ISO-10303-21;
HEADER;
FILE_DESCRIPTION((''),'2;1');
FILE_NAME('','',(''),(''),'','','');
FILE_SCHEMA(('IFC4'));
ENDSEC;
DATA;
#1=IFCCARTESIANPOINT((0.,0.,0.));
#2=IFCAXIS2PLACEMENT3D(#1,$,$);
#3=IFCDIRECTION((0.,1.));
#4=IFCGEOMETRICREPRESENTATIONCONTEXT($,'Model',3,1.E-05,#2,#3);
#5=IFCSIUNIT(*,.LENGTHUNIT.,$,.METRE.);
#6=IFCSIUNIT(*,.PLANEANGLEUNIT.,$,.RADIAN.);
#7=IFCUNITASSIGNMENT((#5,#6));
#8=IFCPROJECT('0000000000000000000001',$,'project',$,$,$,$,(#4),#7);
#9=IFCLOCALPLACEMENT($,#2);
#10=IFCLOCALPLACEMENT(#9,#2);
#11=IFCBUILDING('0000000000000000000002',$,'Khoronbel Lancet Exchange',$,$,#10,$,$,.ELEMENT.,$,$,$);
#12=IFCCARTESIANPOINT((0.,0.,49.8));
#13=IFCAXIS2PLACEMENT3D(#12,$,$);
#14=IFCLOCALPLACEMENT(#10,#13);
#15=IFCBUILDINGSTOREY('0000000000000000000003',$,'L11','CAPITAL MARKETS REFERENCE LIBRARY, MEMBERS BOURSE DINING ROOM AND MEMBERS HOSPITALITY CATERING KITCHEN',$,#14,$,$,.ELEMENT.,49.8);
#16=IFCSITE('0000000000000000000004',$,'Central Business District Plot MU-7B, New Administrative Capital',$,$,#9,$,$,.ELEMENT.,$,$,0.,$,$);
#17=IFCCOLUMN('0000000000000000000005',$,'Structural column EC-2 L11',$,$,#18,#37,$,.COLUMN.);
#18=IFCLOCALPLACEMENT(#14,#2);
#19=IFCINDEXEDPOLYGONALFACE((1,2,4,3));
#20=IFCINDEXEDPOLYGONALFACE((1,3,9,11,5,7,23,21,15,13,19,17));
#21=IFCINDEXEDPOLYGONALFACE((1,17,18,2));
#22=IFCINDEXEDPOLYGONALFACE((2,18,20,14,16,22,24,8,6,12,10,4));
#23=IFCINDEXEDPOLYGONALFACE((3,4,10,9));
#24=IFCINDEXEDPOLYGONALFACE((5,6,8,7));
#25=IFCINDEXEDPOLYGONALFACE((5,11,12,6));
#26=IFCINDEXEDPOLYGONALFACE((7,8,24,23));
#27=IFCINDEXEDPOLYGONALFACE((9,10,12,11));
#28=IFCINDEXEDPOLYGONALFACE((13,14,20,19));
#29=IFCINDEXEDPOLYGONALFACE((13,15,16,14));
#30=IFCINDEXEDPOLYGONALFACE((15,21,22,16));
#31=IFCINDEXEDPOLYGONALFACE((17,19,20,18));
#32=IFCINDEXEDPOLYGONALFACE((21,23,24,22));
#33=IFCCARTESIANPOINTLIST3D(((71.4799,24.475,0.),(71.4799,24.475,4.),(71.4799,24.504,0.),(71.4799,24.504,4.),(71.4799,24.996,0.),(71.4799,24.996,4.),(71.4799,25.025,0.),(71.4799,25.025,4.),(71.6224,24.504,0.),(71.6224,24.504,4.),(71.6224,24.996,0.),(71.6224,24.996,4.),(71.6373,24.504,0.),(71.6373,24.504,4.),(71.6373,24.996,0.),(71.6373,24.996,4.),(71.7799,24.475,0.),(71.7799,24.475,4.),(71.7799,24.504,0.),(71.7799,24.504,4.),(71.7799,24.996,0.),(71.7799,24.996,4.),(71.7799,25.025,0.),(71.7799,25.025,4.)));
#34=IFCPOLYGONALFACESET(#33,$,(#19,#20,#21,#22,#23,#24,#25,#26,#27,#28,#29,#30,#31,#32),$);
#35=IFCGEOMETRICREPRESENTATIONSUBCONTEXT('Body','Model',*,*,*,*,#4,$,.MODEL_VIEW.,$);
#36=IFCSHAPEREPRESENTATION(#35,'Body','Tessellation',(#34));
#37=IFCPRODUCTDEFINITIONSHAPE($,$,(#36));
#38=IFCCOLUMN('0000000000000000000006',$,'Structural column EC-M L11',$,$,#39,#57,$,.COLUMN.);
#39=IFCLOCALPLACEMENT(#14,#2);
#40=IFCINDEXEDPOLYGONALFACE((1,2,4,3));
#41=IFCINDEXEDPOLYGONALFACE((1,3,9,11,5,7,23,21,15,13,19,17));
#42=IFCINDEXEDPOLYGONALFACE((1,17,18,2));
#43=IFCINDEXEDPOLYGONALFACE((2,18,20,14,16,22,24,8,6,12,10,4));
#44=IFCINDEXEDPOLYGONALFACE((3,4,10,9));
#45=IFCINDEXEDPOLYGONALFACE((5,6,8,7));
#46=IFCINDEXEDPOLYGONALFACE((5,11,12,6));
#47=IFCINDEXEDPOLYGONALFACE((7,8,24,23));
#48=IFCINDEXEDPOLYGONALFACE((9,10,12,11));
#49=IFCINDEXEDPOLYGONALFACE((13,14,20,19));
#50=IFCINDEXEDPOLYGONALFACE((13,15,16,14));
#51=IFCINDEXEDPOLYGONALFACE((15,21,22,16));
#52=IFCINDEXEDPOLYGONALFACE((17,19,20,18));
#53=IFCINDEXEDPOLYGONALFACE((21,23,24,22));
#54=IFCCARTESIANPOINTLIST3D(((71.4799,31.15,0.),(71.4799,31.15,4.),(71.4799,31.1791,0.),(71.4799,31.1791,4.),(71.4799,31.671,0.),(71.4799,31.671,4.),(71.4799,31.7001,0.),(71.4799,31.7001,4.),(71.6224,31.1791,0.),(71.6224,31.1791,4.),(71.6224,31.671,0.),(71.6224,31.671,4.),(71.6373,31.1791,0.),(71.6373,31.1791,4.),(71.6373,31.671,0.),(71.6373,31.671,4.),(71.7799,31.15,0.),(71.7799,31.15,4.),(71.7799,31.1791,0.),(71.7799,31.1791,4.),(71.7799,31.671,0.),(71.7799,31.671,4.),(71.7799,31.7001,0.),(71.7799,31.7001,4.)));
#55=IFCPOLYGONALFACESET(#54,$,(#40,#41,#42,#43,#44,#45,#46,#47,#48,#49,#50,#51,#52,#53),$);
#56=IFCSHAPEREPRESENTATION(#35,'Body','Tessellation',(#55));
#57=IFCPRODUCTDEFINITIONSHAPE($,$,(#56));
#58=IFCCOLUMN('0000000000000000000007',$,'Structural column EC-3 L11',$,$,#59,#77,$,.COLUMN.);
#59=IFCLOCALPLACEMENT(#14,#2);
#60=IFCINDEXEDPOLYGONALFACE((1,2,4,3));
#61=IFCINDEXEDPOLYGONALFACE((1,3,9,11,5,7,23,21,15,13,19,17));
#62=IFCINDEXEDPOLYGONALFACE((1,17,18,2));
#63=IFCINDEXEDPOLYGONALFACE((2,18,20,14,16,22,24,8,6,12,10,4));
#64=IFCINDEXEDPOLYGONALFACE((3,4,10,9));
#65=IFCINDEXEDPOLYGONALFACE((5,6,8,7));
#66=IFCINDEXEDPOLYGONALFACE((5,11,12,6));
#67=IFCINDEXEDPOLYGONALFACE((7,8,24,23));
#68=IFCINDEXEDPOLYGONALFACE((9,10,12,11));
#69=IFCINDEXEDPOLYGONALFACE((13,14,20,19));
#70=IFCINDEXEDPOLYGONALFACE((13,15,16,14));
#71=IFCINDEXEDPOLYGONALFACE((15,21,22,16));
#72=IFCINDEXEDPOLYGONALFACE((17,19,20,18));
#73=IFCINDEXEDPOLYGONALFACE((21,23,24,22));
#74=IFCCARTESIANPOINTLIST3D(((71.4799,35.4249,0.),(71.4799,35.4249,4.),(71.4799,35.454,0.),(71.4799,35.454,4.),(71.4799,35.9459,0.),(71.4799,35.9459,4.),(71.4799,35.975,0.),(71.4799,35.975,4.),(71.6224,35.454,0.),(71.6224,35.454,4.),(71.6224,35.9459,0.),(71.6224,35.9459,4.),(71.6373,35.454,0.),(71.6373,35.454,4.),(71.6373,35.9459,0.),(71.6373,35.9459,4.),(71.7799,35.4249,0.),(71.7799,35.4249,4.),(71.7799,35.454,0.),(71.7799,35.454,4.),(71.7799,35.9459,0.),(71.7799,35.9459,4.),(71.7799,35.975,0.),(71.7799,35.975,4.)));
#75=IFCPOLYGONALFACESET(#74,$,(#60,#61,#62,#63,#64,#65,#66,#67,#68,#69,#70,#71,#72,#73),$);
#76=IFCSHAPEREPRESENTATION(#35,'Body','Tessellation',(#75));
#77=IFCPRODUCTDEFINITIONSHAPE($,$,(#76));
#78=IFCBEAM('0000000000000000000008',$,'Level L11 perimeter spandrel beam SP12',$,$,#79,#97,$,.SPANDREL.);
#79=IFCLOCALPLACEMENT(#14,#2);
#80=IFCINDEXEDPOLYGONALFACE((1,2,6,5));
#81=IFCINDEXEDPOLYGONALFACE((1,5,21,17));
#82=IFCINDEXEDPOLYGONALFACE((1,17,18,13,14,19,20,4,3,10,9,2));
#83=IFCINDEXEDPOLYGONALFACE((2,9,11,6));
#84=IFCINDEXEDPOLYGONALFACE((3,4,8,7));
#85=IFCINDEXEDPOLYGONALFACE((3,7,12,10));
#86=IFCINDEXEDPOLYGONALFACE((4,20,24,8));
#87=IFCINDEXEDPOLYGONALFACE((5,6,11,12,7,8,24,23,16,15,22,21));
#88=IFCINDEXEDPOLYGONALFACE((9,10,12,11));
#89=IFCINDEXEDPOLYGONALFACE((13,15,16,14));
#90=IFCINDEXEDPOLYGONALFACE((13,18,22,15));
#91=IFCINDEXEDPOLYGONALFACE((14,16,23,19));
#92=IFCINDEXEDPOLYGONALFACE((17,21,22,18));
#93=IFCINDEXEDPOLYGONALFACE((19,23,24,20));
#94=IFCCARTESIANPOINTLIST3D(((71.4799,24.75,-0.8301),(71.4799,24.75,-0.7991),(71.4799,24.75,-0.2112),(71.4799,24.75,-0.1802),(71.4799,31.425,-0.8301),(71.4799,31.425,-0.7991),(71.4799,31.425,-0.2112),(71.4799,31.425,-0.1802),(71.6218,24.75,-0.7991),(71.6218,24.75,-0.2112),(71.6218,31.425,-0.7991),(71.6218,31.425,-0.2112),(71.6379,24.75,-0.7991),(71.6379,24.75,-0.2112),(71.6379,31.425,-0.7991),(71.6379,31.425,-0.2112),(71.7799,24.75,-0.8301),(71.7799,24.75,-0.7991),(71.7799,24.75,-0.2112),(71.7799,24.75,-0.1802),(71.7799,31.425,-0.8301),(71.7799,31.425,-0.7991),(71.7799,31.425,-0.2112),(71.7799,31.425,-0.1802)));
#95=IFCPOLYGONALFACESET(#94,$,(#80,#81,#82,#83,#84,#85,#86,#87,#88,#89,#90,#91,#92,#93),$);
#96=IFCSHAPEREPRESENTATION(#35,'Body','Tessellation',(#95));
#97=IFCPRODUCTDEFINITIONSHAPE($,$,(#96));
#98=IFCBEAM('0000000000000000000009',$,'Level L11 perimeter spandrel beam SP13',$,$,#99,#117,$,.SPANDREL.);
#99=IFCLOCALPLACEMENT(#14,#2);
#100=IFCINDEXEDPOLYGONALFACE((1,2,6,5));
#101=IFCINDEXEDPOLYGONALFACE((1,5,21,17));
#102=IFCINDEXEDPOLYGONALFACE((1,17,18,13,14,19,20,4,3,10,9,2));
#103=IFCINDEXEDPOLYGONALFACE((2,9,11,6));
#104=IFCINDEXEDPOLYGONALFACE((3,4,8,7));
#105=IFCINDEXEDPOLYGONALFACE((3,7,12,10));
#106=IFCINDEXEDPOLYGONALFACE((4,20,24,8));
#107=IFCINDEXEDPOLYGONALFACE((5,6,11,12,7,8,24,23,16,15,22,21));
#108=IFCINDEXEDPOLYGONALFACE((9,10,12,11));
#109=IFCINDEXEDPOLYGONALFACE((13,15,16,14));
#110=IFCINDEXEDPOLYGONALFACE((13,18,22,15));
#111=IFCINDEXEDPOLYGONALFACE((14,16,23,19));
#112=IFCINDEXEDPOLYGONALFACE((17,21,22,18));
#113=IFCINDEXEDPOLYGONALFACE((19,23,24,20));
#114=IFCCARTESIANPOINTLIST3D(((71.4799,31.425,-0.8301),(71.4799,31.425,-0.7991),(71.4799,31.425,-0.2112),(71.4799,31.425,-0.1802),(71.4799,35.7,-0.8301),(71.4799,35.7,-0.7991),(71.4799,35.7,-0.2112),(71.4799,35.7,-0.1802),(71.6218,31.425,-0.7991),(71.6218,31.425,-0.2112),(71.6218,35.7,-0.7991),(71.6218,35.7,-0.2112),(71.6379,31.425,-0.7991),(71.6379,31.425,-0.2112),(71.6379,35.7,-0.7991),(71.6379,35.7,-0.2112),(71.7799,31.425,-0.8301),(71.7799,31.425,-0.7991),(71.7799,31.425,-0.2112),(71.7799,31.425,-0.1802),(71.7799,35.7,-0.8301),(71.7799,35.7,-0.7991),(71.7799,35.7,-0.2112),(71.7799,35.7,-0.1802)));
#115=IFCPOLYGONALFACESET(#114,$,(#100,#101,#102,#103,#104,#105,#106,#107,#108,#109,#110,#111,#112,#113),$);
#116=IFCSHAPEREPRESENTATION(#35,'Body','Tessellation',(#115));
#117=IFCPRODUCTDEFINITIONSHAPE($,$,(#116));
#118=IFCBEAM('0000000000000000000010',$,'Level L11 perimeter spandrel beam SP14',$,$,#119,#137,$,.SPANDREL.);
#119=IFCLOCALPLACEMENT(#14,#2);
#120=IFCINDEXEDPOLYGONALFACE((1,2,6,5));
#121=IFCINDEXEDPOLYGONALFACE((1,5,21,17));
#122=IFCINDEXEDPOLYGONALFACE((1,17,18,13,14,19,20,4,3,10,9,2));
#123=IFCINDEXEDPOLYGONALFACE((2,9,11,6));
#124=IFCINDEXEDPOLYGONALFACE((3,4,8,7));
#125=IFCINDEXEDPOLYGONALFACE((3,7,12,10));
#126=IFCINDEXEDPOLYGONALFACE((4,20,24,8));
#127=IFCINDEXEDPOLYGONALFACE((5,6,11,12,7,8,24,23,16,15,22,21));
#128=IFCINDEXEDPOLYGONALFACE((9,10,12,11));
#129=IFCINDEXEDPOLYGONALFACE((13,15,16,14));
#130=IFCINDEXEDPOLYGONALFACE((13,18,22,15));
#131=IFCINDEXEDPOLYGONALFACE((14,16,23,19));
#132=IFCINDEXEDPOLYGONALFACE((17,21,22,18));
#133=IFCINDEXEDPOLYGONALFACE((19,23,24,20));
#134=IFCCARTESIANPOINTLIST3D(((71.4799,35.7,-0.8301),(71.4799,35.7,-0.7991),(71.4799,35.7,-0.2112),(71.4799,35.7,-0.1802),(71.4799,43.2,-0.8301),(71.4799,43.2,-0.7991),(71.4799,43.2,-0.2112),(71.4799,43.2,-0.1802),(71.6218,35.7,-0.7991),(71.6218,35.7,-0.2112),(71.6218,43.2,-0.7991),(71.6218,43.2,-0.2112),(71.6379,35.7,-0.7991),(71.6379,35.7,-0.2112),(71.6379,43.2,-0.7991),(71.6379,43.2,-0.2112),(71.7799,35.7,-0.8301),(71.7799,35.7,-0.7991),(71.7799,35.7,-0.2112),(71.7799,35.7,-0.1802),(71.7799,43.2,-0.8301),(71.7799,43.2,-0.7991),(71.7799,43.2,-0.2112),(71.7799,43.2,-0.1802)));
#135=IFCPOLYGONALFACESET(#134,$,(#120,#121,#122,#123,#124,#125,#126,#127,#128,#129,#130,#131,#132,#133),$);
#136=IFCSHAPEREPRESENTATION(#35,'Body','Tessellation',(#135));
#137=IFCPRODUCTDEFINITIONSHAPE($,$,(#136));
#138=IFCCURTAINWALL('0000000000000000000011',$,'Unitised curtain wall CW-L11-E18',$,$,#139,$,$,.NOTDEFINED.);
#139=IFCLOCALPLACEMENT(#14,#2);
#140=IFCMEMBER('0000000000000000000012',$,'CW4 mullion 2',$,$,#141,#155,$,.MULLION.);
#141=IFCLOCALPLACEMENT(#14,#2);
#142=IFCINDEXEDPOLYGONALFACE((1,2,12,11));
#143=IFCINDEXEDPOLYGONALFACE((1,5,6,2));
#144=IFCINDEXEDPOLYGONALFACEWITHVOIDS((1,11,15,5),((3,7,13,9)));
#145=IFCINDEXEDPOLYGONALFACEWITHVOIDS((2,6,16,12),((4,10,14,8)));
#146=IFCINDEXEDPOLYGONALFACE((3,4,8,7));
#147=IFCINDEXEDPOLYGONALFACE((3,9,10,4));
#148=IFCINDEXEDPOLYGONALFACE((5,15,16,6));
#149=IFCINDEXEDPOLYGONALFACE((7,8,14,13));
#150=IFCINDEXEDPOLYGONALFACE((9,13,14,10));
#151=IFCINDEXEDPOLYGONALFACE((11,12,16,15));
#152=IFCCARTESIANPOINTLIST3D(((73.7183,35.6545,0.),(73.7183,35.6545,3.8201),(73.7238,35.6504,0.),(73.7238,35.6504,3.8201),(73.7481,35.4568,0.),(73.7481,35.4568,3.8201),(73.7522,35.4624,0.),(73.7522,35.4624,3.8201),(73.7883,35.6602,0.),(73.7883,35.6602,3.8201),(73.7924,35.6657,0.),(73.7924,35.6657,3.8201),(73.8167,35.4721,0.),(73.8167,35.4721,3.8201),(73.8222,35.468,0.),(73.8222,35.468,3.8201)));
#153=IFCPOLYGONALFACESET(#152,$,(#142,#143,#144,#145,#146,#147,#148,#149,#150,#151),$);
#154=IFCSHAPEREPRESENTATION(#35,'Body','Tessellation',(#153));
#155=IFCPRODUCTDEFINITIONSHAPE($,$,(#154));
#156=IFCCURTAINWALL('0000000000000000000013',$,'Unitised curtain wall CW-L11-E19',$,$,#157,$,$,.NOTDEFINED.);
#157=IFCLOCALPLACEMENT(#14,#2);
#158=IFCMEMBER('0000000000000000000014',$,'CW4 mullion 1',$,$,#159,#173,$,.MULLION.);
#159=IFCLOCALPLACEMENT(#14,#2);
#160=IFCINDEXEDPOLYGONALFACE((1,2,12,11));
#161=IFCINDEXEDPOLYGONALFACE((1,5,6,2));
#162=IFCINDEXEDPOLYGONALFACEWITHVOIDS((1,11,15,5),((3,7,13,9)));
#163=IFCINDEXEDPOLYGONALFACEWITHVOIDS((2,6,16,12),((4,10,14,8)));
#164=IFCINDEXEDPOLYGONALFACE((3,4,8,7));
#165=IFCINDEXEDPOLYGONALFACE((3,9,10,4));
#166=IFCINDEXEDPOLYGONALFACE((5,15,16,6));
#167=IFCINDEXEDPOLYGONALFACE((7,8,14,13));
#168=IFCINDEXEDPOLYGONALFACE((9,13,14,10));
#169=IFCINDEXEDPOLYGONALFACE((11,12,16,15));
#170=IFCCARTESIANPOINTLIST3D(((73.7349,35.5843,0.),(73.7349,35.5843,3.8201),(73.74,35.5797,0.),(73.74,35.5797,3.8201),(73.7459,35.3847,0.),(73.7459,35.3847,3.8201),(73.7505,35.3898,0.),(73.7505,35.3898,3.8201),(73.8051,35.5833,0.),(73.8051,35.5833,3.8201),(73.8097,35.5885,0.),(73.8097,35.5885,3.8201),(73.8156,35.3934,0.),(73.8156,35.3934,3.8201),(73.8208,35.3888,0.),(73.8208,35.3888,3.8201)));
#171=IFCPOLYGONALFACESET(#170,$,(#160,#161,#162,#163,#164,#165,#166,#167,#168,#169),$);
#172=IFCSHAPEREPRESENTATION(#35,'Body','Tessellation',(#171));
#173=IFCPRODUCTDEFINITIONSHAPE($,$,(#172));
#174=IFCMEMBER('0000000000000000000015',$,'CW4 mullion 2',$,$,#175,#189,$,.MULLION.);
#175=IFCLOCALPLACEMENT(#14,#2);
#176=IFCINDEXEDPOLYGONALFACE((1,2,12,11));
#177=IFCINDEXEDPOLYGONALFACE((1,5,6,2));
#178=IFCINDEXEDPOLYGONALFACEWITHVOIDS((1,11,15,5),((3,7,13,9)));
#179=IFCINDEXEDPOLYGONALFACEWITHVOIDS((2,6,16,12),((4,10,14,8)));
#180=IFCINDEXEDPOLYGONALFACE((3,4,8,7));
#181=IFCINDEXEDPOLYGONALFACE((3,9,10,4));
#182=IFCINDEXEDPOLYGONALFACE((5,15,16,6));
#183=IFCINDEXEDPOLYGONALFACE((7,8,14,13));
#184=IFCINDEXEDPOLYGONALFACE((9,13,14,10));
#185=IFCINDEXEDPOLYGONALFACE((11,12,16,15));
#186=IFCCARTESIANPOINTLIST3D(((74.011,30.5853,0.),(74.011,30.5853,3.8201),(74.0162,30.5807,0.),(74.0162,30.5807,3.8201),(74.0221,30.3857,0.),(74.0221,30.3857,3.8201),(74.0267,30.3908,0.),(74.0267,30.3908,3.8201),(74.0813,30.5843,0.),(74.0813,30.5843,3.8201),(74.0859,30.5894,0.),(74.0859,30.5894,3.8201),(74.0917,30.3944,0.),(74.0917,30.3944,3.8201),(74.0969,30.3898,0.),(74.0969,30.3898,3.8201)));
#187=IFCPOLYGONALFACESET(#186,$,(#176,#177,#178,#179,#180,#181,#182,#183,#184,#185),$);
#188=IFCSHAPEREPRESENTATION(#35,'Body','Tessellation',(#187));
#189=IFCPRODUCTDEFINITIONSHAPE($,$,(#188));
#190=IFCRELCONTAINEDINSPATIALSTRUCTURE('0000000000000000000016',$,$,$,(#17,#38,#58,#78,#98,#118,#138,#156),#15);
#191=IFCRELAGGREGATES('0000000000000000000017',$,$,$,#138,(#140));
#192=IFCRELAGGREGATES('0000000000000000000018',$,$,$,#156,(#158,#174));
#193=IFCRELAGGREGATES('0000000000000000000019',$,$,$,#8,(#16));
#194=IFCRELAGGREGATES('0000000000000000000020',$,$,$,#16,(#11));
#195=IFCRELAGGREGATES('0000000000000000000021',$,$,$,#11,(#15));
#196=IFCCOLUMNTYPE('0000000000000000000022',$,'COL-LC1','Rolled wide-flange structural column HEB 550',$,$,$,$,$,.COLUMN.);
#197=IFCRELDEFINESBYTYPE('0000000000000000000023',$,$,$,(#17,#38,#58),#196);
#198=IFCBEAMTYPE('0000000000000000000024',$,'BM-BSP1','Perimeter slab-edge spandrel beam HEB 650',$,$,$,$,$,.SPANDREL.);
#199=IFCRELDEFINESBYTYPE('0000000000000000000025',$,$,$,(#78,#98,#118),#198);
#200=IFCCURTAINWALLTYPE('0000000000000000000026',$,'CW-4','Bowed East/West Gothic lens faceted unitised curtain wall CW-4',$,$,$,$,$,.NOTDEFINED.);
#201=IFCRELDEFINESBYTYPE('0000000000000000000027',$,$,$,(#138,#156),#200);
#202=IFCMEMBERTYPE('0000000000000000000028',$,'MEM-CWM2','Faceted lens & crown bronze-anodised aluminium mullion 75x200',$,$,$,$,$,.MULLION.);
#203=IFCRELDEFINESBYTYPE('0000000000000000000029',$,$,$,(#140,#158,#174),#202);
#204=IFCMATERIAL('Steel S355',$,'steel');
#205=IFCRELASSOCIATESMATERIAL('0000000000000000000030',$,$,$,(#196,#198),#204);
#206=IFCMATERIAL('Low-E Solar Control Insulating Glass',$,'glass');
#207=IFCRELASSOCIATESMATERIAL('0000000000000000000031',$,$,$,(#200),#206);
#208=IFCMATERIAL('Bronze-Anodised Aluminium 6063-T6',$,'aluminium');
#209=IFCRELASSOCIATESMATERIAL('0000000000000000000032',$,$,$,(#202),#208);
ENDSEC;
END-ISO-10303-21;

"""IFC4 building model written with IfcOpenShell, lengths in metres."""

from ifc_helpers import new_model, si_unit, direction, frame, origin, origin_2d, place, context, subcontext, project, spatial, hollow_rectangle, i_section, extrude, material, material_profile, profile_set, type_object, element, aggregate, save


model = new_model("IFC4")

# Units and contexts
model_context = context("Model", 3, precision=1e-05, world=origin(), true_north=direction((0.0, 1.0)))
body_context = subcontext(model_context, "Body", "Model", "MODEL_VIEW")
ifc_project = project(units=[si_unit("LENGTHUNIT", "METRE"), si_unit("PLANEANGLEUNIT", "RADIAN")], contexts=[model_context])

# Site, building, storey
site_placement = place(None, origin())
site = spatial("IfcSite", under=ifc_project, at=site_placement, Name="Central Business District Plot MU-7B, New Administrative Capital", CompositionType="ELEMENT", RefElevation=0.0)
building_placement = place(site_placement, origin())
building = spatial("IfcBuilding", under=site, at=building_placement, Name="Khoronbel Lancet Exchange", CompositionType="ELEMENT")
storey_placement = place(building_placement, frame((0.0, 0.0, 49.8)))
storey = spatial("IfcBuildingStorey", under=building, at=storey_placement, Name="L11", Description="CAPITAL MARKETS REFERENCE LIBRARY, MEMBERS BOURSE DINING ROOM AND MEMBERS HOSPITALITY CATERING KITCHEN", CompositionType="ELEMENT", Elevation=49.8)

# Columns
ifc_material_1 = material(Name="Steel S355", Category="steel")
ifc_material_profile_1 = material_profile(ifc_material_1, i_section(OverallWidth=0.3, OverallDepth=0.55, WebThickness=0.0149, FlangeThickness=0.0291, at=origin_2d()), Name="HEB 550")
ifc_profile_set_1 = profile_set([ifc_material_profile_1], Name="Steel S355")
column_type = type_object("IfcColumnType", Name="COL-LC1", Description="Rolled wide-flange structural column HEB 550", PredefinedType="COLUMN", material=ifc_profile_set_1)
for number, where, z_axis, x_axis, name in (
    (1, (71.6299, 24.75, 0.0), (0.0, 0.0, 1.0), (1.0, 0.0, 0.0), "Structural column EC-2 L11"),
    (2, (71.6299, 31.425, 0.0), (0.0, 0.0, 1.0), (1.0, 0.0, 0.0), "Structural column EC-M L11"),
    (3, (71.6299, 35.7, 0.0), (0.0, 0.0, 1.0), (1.0, 0.0, 0.0), "Structural column EC-3 L11"),
):
    element("IfcColumn", number, at=place(storey_placement, frame(where, z_axis=z_axis, x_axis=x_axis)), inside=storey, type_object=column_type, Name=name, PredefinedType="COLUMN", context=body_context, shape_type="SweptSolid", body=[
        extrude(i_section(OverallWidth=0.3, OverallDepth=0.55, WebThickness=0.0149, FlangeThickness=0.0291, at=origin_2d()), origin(), (0.0, 0.0, 1.0), 4.0),
    ])

# Beams
ifc_material_profile_2 = material_profile(ifc_material_1, i_section(OverallWidth=0.3, OverallDepth=0.6499, WebThickness=0.0161, FlangeThickness=0.031, at=origin_2d()), Name="HEB 650")
ifc_profile_set_2 = profile_set([ifc_material_profile_2], Name="Steel S355")
beam_type = type_object("IfcBeamType", Name="BM-BSP1", Description="Perimeter slab-edge spandrel beam HEB 650", PredefinedType="SPANDREL", material=ifc_profile_set_2)
beam_1_placement = place(storey_placement, frame((71.6299, 24.75, -0.5051), z_axis=(0.0, 1.0, 0.0), x_axis=(-1.0, 0.0, 0.0)))
element("IfcBeam", 4, at=beam_1_placement, inside=storey, type_object=beam_type, Name="Level L11 perimeter spandrel beam SP12", PredefinedType="SPANDREL", context=body_context, shape_type="SweptSolid", body=[
    extrude(i_section(OverallWidth=0.3, OverallDepth=0.6499, WebThickness=0.0161, FlangeThickness=0.031, at=origin_2d()), origin(), (0.0, 0.0, 1.0), 6.675),
])
beam_2_placement = place(storey_placement, frame((71.6299, 31.425, -0.5051), z_axis=(0.0, 1.0, 0.0), x_axis=(-1.0, 0.0, 0.0)))
element("IfcBeam", 5, at=beam_2_placement, inside=storey, type_object=beam_type, Name="Level L11 perimeter spandrel beam SP13", PredefinedType="SPANDREL", context=body_context, shape_type="SweptSolid", body=[
    extrude(i_section(OverallWidth=0.3, OverallDepth=0.6499, WebThickness=0.0161, FlangeThickness=0.031, at=origin_2d()), origin(), (0.0, 0.0, 1.0), 4.2749),
])
beam_3_placement = place(storey_placement, frame((71.6299, 35.7, -0.5051), z_axis=(0.0, 1.0, 0.0), x_axis=(-1.0, 0.0, 0.0)))
element("IfcBeam", 6, at=beam_3_placement, inside=storey, type_object=beam_type, Name="Level L11 perimeter spandrel beam SP14", PredefinedType="SPANDREL", context=body_context, shape_type="SweptSolid", body=[
    extrude(i_section(OverallWidth=0.3, OverallDepth=0.6499, WebThickness=0.0161, FlangeThickness=0.031, at=origin_2d()), origin(), (0.0, 0.0, 1.0), 7.5),
])

# Curtain wall, member
ifc_material_2 = material(Name="Low-E Solar Control Insulating Glass", Category="glass")
curtain_wall_type = type_object("IfcCurtainWallType", Name="CW-4", Description="Bowed East/West Gothic lens faceted unitised curtain wall CW-4", PredefinedType="NOTDEFINED", material=ifc_material_2)
curtain_wall_1_placement = place(storey_placement, origin())
curtain_wall_1 = element("IfcCurtainWall", 7, at=curtain_wall_1_placement, inside=storey, type_object=curtain_wall_type, Name="Unitised curtain wall CW-L11-E18", PredefinedType="NOTDEFINED")
ifc_material_3 = material(Name="Bronze-Anodised Aluminium 6063-T6", Category="aluminium")
ifc_material_profile_3 = material_profile(ifc_material_3, hollow_rectangle(XDim=0.075, YDim=0.2, WallThickness=0.0049, at=origin_2d()), Name="ALU MULLION 75x200")
ifc_profile_set_3 = profile_set([ifc_material_profile_3], Name="Bronze-Anodised Aluminium 6063-T6")
member_type_1 = type_object("IfcMemberType", Name="MEM-CWM2", Description="Faceted lens & crown bronze-anodised aluminium mullion 75x200", PredefinedType="MULLION", material=ifc_profile_set_3)
member_1_placement = place(storey_placement, frame((73.7703, 35.5613, 0.0), z_axis=(0.0, 0.0, 1.0), x_axis=(0.988799, 0.149251, 0.0)))
member_1 = element("IfcMember", 8, at=member_1_placement, type_object=member_type_1, Name="CW4 mullion 2", PredefinedType="MULLION", context=body_context, shape_type="SweptSolid", body=[
    extrude(hollow_rectangle(XDim=0.075, YDim=0.2, WallThickness=0.0049, at=origin_2d()), origin(), (0.0, 0.0, 1.0), 3.8201),
])
aggregate(curtain_wall_1, [member_1])

# Curtain wall, members
curtain_wall_2_placement = place(storey_placement, origin())
curtain_wall_2 = element("IfcCurtainWall", 9, at=curtain_wall_2_placement, inside=storey, type_object=curtain_wall_type, Name="Unitised curtain wall CW-L11-E19", PredefinedType="NOTDEFINED")
member_2_placement = place(storey_placement, frame((73.7778, 35.4866, 0.0), z_axis=(0.0, 0.0, 1.0), x_axis=(0.998478, 0.055157, 0.0)))
member_2 = element("IfcMember", 10, at=member_2_placement, type_object=member_type_1, Name="CW4 mullion 1", PredefinedType="MULLION", context=body_context, shape_type="SweptSolid", body=[
    extrude(hollow_rectangle(XDim=0.075, YDim=0.2, WallThickness=0.0049, at=origin_2d()), origin(), (0.0, 0.0, 1.0), 3.8201),
])
member_3_placement = place(storey_placement, frame((74.054, 30.4875, 0.0), z_axis=(0.0, 0.0, 1.0), x_axis=(0.998478, 0.055157, 0.0)))
member_3 = element("IfcMember", 11, at=member_3_placement, type_object=member_type_1, Name="CW4 mullion 2", PredefinedType="MULLION", context=body_context, shape_type="SweptSolid", body=[
    extrude(hollow_rectangle(XDim=0.075, YDim=0.2, WallThickness=0.0049, at=origin_2d()), origin(), (0.0, 0.0, 1.0), 3.8201),
])

aggregate(curtain_wall_2, [member_2, member_3])

save(model, "model.ifc")
